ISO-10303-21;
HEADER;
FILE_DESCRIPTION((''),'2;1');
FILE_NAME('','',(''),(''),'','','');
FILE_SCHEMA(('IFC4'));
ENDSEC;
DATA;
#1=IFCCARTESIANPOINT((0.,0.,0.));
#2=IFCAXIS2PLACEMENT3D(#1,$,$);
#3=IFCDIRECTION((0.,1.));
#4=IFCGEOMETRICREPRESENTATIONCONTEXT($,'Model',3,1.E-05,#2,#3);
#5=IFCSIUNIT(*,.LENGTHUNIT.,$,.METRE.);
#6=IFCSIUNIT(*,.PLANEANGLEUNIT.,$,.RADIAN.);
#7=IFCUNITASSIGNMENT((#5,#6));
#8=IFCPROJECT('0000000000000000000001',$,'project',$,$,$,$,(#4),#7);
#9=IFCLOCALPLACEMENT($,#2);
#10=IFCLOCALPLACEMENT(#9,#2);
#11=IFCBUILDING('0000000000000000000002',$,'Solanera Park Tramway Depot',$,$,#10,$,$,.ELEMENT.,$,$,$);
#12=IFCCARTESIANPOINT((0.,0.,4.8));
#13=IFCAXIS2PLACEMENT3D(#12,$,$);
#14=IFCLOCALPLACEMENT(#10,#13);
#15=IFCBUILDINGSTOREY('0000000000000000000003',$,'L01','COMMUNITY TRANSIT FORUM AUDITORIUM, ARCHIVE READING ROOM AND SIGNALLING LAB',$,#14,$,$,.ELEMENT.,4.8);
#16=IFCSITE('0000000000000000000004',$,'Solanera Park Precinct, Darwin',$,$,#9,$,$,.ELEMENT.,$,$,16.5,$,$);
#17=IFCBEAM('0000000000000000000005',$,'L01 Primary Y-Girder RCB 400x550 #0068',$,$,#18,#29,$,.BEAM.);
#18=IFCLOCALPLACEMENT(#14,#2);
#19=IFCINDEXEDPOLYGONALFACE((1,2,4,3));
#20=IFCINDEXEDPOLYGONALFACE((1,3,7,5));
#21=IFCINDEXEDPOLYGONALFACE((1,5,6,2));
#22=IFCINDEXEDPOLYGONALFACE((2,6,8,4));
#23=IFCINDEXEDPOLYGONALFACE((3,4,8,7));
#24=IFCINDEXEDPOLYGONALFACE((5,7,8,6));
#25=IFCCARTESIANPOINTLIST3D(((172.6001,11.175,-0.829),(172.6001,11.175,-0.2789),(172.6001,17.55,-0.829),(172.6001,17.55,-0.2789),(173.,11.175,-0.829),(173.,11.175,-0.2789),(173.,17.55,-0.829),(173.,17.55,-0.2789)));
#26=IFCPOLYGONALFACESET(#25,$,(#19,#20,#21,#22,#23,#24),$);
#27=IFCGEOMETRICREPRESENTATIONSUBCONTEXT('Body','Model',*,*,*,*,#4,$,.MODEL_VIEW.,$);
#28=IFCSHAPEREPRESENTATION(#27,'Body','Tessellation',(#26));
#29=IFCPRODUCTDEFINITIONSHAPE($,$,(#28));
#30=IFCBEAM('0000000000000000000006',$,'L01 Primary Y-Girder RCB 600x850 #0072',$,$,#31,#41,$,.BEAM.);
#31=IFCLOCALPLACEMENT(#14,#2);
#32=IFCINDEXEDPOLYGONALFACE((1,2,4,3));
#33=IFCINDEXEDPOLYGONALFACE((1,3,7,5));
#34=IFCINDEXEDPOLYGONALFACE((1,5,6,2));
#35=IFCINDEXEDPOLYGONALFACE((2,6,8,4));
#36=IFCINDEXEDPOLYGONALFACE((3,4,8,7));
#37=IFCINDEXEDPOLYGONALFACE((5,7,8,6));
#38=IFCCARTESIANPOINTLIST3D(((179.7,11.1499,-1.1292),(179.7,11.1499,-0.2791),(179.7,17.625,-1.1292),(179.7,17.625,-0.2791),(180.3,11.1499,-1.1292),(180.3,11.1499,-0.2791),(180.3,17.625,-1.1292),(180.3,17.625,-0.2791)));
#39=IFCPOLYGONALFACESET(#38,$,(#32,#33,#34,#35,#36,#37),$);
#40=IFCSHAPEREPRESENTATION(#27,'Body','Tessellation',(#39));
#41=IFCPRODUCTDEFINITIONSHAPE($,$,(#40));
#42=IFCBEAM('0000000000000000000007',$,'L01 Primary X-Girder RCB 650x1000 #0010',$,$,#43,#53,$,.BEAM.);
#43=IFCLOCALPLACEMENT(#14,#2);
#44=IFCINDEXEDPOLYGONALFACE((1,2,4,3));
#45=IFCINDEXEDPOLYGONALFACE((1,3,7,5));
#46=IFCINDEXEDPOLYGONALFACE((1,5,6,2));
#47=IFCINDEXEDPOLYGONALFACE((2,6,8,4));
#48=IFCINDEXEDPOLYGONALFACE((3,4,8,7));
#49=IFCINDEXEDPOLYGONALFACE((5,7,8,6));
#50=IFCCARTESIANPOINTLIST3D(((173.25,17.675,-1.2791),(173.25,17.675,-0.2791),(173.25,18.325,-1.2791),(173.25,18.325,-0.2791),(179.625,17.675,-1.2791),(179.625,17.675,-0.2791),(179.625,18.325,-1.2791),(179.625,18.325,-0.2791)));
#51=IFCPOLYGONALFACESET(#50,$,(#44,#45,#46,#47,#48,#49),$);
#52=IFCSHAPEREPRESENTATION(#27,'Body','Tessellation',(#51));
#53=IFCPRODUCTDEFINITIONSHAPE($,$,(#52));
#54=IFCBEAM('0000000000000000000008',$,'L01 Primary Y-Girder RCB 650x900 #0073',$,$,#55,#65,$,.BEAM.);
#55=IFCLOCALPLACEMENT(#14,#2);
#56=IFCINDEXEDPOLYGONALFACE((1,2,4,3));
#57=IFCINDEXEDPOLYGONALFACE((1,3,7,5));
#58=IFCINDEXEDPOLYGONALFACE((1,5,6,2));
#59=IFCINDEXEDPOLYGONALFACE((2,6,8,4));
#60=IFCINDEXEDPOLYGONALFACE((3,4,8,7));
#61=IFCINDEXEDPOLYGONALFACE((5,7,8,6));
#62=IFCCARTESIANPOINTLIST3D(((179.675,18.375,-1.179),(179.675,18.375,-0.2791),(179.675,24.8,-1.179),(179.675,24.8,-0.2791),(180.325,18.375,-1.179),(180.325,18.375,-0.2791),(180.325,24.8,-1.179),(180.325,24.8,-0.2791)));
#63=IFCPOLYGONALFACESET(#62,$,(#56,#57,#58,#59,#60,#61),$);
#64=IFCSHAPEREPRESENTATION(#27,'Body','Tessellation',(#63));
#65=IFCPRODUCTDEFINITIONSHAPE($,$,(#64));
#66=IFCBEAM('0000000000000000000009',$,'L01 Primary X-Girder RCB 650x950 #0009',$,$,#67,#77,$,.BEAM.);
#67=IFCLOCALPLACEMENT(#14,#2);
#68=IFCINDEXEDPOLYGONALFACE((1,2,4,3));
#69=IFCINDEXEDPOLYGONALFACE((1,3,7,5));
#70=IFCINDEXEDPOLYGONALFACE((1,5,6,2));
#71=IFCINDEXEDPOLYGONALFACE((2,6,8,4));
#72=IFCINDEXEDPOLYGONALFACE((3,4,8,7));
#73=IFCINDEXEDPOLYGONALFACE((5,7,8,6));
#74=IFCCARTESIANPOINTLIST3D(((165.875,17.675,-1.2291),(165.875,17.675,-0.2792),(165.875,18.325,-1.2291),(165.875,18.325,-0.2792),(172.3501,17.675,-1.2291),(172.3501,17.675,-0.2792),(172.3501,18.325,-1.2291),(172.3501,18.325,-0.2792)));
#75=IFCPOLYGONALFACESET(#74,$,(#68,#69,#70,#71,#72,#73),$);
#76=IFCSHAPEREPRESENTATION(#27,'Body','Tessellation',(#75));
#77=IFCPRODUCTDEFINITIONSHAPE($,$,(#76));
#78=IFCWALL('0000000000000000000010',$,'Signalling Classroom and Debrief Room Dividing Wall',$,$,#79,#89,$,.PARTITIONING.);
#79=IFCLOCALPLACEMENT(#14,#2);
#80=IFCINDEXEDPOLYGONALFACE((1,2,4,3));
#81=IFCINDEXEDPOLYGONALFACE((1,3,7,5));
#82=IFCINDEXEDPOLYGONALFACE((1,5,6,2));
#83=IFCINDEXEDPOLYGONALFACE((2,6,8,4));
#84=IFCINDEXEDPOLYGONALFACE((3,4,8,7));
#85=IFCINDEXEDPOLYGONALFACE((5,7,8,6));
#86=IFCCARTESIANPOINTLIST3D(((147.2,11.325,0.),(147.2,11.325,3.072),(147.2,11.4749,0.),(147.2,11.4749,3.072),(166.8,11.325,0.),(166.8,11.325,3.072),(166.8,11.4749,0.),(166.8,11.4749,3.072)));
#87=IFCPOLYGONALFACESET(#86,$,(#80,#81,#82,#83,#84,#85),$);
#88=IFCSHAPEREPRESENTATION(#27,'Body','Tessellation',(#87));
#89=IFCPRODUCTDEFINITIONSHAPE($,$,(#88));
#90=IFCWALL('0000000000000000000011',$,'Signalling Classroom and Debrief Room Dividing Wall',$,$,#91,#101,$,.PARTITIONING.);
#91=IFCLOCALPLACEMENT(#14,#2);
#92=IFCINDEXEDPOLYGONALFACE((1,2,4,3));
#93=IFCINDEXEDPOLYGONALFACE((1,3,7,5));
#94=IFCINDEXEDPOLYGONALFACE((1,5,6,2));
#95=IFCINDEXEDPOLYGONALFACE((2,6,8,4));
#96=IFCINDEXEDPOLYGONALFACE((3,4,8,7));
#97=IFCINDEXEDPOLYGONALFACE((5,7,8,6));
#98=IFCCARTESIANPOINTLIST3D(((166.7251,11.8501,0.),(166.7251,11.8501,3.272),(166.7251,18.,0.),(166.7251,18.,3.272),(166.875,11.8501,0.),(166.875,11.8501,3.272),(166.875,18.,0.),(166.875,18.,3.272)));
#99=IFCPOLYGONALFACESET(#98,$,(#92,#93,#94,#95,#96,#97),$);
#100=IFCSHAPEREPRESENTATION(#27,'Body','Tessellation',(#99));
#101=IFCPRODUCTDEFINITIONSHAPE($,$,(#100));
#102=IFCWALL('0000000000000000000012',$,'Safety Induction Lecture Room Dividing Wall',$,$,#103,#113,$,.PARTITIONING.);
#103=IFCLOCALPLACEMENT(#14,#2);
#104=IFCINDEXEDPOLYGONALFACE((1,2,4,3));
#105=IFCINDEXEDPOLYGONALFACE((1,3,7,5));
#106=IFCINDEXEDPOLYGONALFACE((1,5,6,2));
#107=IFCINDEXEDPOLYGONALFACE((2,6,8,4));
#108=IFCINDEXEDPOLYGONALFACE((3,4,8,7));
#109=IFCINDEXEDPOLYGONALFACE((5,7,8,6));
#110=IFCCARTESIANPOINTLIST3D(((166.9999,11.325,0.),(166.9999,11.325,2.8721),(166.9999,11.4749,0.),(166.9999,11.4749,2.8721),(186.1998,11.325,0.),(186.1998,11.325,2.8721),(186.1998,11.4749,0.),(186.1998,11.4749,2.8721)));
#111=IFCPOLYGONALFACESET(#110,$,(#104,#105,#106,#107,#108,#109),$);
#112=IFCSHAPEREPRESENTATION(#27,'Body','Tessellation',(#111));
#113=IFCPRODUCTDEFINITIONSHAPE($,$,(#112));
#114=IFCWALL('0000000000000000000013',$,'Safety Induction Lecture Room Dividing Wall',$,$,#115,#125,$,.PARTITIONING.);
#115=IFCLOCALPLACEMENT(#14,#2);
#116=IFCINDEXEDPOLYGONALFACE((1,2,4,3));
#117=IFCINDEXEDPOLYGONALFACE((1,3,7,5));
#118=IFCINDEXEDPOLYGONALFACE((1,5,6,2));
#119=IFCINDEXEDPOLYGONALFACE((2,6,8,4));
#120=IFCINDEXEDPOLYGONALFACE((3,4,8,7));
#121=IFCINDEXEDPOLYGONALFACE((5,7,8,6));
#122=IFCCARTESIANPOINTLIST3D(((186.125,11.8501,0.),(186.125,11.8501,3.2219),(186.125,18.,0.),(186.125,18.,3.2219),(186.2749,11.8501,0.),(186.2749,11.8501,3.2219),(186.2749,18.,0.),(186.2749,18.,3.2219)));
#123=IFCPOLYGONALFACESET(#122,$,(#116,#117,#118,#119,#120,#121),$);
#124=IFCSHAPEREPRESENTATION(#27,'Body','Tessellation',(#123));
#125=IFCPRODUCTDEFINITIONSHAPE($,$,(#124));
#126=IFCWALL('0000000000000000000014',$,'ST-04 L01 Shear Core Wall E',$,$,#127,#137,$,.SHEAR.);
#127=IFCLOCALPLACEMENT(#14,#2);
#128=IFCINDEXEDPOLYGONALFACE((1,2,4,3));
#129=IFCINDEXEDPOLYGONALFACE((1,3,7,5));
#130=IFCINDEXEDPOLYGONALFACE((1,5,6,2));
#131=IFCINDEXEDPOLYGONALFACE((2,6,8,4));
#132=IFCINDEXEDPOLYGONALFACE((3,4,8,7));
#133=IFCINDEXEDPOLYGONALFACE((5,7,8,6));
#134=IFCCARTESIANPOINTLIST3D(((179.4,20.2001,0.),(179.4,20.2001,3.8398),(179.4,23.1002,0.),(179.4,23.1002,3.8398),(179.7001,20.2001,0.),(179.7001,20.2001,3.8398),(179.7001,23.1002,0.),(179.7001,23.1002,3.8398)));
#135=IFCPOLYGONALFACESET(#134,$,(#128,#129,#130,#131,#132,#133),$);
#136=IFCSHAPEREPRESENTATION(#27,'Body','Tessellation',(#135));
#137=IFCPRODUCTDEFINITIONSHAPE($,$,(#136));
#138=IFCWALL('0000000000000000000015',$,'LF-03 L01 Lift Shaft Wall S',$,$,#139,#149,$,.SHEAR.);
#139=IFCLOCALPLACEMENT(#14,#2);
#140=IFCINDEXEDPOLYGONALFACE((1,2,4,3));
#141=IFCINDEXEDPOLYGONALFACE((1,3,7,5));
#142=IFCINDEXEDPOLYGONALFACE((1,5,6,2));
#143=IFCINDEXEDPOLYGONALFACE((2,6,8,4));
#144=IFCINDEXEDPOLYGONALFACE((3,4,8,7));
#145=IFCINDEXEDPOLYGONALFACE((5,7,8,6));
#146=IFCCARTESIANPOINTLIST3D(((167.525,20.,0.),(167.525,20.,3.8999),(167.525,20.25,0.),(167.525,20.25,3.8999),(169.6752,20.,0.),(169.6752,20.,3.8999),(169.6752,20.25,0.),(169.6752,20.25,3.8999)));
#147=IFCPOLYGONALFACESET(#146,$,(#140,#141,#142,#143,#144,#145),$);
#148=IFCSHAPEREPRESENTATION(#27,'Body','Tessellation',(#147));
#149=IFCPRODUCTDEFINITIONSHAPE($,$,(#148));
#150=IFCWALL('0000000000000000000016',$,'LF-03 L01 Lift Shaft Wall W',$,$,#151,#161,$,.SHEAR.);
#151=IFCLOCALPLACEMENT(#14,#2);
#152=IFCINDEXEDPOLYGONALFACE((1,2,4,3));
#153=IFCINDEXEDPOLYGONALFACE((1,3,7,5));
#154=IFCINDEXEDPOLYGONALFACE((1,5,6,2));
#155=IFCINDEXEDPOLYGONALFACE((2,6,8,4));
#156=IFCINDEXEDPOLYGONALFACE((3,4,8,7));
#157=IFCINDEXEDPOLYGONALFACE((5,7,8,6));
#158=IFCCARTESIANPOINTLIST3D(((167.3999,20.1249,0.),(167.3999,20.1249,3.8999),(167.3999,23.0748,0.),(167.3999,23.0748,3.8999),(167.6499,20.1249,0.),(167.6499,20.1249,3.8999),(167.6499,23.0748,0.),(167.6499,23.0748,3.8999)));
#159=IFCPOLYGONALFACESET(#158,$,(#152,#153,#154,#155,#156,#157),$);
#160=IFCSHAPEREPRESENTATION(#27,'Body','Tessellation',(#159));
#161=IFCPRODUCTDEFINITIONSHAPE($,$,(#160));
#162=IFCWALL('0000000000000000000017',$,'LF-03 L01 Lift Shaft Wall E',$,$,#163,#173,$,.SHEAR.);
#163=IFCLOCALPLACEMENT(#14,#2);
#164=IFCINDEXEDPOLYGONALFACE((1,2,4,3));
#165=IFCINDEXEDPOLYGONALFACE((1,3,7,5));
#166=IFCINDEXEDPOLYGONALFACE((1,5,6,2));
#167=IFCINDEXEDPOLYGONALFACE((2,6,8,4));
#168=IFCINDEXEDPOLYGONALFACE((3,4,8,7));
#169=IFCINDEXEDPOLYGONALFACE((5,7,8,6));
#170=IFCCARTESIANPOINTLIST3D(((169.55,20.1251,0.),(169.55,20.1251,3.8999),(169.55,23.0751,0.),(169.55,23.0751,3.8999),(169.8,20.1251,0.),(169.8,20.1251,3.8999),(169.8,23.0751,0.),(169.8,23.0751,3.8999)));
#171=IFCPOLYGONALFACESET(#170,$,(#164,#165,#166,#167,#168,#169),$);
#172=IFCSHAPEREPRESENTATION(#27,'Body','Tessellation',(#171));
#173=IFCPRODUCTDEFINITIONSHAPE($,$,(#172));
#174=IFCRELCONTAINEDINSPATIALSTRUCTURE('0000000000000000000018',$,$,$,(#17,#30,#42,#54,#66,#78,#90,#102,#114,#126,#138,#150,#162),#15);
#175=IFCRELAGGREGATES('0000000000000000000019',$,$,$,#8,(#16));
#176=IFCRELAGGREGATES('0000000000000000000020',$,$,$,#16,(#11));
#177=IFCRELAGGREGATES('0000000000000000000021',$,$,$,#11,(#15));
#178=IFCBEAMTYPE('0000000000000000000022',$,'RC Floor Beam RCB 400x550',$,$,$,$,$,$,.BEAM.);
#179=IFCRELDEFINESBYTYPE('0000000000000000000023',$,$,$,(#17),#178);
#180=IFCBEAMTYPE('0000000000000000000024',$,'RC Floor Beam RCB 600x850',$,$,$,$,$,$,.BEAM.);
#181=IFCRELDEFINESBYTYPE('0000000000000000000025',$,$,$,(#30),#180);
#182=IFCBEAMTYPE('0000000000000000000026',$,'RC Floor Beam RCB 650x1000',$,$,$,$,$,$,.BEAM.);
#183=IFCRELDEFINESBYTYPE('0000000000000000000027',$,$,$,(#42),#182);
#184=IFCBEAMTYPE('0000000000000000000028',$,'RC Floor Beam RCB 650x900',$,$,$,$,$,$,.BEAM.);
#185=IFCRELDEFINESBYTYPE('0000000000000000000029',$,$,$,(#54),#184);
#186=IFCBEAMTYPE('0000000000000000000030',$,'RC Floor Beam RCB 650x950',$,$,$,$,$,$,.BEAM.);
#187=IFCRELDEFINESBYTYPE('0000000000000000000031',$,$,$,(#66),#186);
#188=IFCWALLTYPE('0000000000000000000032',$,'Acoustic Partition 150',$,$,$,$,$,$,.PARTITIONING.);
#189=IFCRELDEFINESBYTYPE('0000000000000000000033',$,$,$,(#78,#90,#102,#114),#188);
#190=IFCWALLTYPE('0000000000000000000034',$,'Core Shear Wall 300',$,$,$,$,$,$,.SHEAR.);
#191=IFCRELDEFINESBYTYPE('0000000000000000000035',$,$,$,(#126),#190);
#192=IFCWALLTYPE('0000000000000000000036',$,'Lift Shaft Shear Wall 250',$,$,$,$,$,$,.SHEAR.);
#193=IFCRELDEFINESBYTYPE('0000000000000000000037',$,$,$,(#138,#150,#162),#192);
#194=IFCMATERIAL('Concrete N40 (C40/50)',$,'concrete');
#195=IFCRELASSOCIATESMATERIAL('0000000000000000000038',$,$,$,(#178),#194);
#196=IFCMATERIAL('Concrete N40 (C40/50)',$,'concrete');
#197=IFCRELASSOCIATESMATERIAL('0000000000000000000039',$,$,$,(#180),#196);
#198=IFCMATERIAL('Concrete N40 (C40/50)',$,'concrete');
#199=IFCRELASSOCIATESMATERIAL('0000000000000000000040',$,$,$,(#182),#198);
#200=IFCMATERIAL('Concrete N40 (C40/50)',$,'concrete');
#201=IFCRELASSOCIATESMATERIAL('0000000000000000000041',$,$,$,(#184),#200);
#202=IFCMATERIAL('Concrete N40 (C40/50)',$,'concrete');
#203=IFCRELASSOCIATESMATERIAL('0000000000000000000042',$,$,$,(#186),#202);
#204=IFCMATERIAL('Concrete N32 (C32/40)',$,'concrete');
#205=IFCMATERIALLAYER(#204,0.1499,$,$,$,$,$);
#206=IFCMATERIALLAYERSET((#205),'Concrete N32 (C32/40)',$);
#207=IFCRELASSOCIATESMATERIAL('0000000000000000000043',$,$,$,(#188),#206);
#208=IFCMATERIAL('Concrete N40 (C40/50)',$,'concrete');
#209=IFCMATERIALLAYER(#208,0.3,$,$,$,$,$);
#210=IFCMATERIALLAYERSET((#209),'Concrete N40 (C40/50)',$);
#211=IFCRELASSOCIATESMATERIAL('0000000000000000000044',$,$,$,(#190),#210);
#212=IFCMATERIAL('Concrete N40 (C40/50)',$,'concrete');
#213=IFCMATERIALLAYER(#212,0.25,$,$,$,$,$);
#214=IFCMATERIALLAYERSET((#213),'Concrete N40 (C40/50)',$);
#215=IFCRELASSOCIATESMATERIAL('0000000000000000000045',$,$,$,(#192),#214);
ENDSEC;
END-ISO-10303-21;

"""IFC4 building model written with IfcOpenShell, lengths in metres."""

from ifc_helpers import new_model, si_unit, direction, frame, frame_2d, origin, origin_2d, place, context, subcontext, project, spatial, rectangle, extrude, material, layer, layer_set, material_profile, profile_set, type_object, element, save


model = new_model("IFC4")

# Units and contexts
model_context = context("Model", 3, precision=1e-05, world=origin(), true_north=direction((0.0, 1.0)))
body_context = subcontext(model_context, "Body", "Model", "MODEL_VIEW")
ifc_project = project(units=[si_unit("LENGTHUNIT", "METRE"), si_unit("PLANEANGLEUNIT", "RADIAN")], contexts=[model_context])

# Site, building, storey
site_placement = place(None, origin())
site = spatial("IfcSite", under=ifc_project, at=site_placement, Name="Solanera Park Precinct, Darwin", CompositionType="ELEMENT", RefElevation=16.5)
building_placement = place(site_placement, origin())
building = spatial("IfcBuilding", under=site, at=building_placement, Name="Solanera Park Tramway Depot", CompositionType="ELEMENT")
storey_placement = place(building_placement, frame((0.0, 0.0, 4.8)))
storey = spatial("IfcBuildingStorey", under=building, at=storey_placement, Name="L01", Description="COMMUNITY TRANSIT FORUM AUDITORIUM, ARCHIVE READING ROOM AND SIGNALLING LAB", CompositionType="ELEMENT", Elevation=4.8)

# Beams
ifc_material_1 = material(Name="Concrete N40 (C40/50)", Category="concrete")
ifc_material_profile_1 = material_profile(ifc_material_1, rectangle(XDim=0.3999, YDim=0.55, at=origin_2d()), Name="RCB 400x550")
ifc_profile_set_1 = profile_set([ifc_material_profile_1], Name="Concrete N40 (C40/50)")
beam_type_1 = type_object("IfcBeamType", Name="RC Floor Beam RCB 400x550", PredefinedType="BEAM", material=ifc_profile_set_1)
beam_1_placement = place(storey_placement, frame((172.8, 11.175, -0.554), z_axis=(0.0, 1.0, 0.0), x_axis=(-1.0, 0.0, 0.0)))
element("IfcBeam", 1, at=beam_1_placement, inside=storey, type_object=beam_type_1, Name="L01 Primary Y-Girder RCB 400x550 #0068", PredefinedType="BEAM", context=body_context, shape_type="SweptSolid", body=[
    extrude(rectangle(XDim=0.3999, YDim=0.55, at=origin_2d()), origin(), (0.0, 0.0, 1.0), 6.375),
])
ifc_material_2 = material(Name="Concrete N40 (C40/50)", Category="concrete")
ifc_material_profile_2 = material_profile(ifc_material_2, rectangle(XDim=0.6001, YDim=0.8501, at=origin_2d()), Name="RCB 600x850")
ifc_profile_set_2 = profile_set([ifc_material_profile_2], Name="Concrete N40 (C40/50)")
beam_type_2 = type_object("IfcBeamType", Name="RC Floor Beam RCB 600x850", PredefinedType="BEAM", material=ifc_profile_set_2)
beam_2_placement = place(storey_placement, frame((180.0, 11.1499, -0.7041), z_axis=(0.0, 1.0, 0.0), x_axis=(-1.0, 0.0, 0.0)))
element("IfcBeam", 2, at=beam_2_placement, inside=storey, type_object=beam_type_2, Name="L01 Primary Y-Girder RCB 600x850 #0072", PredefinedType="BEAM", context=body_context, shape_type="SweptSolid", body=[
    extrude(rectangle(XDim=0.6001, YDim=0.8501, at=origin_2d()), origin(), (0.0, 0.0, 1.0), 6.4751),
])
ifc_material_3 = material(Name="Concrete N40 (C40/50)", Category="concrete")
ifc_material_profile_3 = material_profile(ifc_material_3, rectangle(XDim=0.6499, YDim=1.0, at=origin_2d()), Name="RCB 650x1000")
ifc_profile_set_3 = profile_set([ifc_material_profile_3], Name="Concrete N40 (C40/50)")
beam_type_3 = type_object("IfcBeamType", Name="RC Floor Beam RCB 650x1000", PredefinedType="BEAM", material=ifc_profile_set_3)
beam_3_placement = place(storey_placement, frame((173.25, 18.0, -0.7791), z_axis=(1.0, 0.0, 0.0), x_axis=(0.0, 1.0, 0.0)))
element("IfcBeam", 3, at=beam_3_placement, inside=storey, type_object=beam_type_3, Name="L01 Primary X-Girder RCB 650x1000 #0010", PredefinedType="BEAM", context=body_context, shape_type="SweptSolid", body=[
    extrude(rectangle(XDim=0.6499, YDim=1.0, at=origin_2d()), origin(), (0.0, 0.0, 1.0), 6.375),
])
ifc_material_4 = material(Name="Concrete N40 (C40/50)", Category="concrete")
ifc_material_profile_4 = material_profile(ifc_material_4, rectangle(XDim=0.6499, YDim=0.8999, at=origin_2d()), Name="RCB 650x900")
ifc_profile_set_4 = profile_set([ifc_material_profile_4], Name="Concrete N40 (C40/50)")
beam_type_4 = type_object("IfcBeamType", Name="RC Floor Beam RCB 650x900", PredefinedType="BEAM", material=ifc_profile_set_4)
beam_4_placement = place(storey_placement, frame((180.0, 18.375, -0.729), z_axis=(0.0, 1.0, 0.0), x_axis=(-1.0, 0.0, 0.0)))
element("IfcBeam", 4, at=beam_4_placement, inside=storey, type_object=beam_type_4, Name="L01 Primary Y-Girder RCB 650x900 #0073", PredefinedType="BEAM", context=body_context, shape_type="SweptSolid", body=[
    extrude(rectangle(XDim=0.6499, YDim=0.8999, at=origin_2d()), origin(), (0.0, 0.0, 1.0), 6.425),
])
ifc_material_5 = material(Name="Concrete N40 (C40/50)", Category="concrete")
ifc_material_profile_5 = material_profile(ifc_material_5, rectangle(XDim=0.6499, YDim=0.95, at=origin_2d()), Name="RCB 650x950")
ifc_profile_set_5 = profile_set([ifc_material_profile_5], Name="Concrete N40 (C40/50)")
beam_type_5 = type_object("IfcBeamType", Name="RC Floor Beam RCB 650x950", PredefinedType="BEAM", material=ifc_profile_set_5)
beam_5_placement = place(storey_placement, frame((165.875, 18.0, -0.7542), z_axis=(1.0, 0.0, 0.0), x_axis=(0.0, 1.0, 0.0)))
element("IfcBeam", 5, at=beam_5_placement, inside=storey, type_object=beam_type_5, Name="L01 Primary X-Girder RCB 650x950 #0009", PredefinedType="BEAM", context=body_context, shape_type="SweptSolid", body=[
    extrude(rectangle(XDim=0.6499, YDim=0.95, at=origin_2d()), origin(), (0.0, 0.0, 1.0), 6.4751),
])

# Walls
ifc_material_6 = material(Name="Concrete N32 (C32/40)", Category="concrete")
ifc_layer_1 = layer(ifc_material_6, 0.1499)
ifc_layer_set_1 = layer_set([ifc_layer_1], Name="Concrete N32 (C32/40)")
wall_type_1 = type_object("IfcWallType", Name="Acoustic Partition 150", PredefinedType="PARTITIONING", material=ifc_layer_set_1)
wall_1_placement = place(storey_placement, frame((166.8, 11.3999, 0.0), z_axis=(0.0, 0.0, 1.0), x_axis=(-1.0, 0.0, 0.0)))
element("IfcWall", 6, at=wall_1_placement, inside=storey, type_object=wall_type_1, Name="Signalling Classroom and Debrief Room Dividing Wall", PredefinedType="PARTITIONING", context=body_context, shape_type="SweptSolid", body=[
    extrude(rectangle(XDim=19.6001, YDim=0.1499, at=frame_2d((9.8, 0.0))), origin(), (0.0, 0.0, 1.0), 3.072),
])
wall_2_placement = place(storey_placement, frame((166.8, 11.8501, 0.0), z_axis=(0.0, 0.0, 1.0), x_axis=(0.0, 1.0, 0.0)))
element("IfcWall", 7, at=wall_2_placement, inside=storey, type_object=wall_type_1, Name="Signalling Classroom and Debrief Room Dividing Wall", PredefinedType="PARTITIONING", context=body_context, shape_type="SweptSolid", body=[
    extrude(rectangle(XDim=6.1499, YDim=0.1499, at=frame_2d((3.075, 0.0))), origin(), (0.0, 0.0, 1.0), 3.272),
])
wall_3_placement = place(storey_placement, frame((186.2, 11.3999, 0.0), z_axis=(0.0, 0.0, 1.0), x_axis=(-1.0, 0.0, 0.0)))
element("IfcWall", 8, at=wall_3_placement, inside=storey, type_object=wall_type_1, Name="Safety Induction Lecture Room Dividing Wall", PredefinedType="PARTITIONING", context=body_context, shape_type="SweptSolid", body=[
    extrude(rectangle(XDim=19.2, YDim=0.1499, at=frame_2d((9.6001, 0.0))), origin(), (0.0, 0.0, 1.0), 2.8721),
])
wall_4_placement = place(storey_placement, frame((186.2, 11.8501, 0.0), z_axis=(0.0, 0.0, 1.0), x_axis=(0.0, 1.0, 0.0)))
element("IfcWall", 9, at=wall_4_placement, inside=storey, type_object=wall_type_1, Name="Safety Induction Lecture Room Dividing Wall", PredefinedType="PARTITIONING", context=body_context, shape_type="SweptSolid", body=[
    extrude(rectangle(XDim=6.1499, YDim=0.1499, at=frame_2d((3.075, 0.0))), origin(), (0.0, 0.0, 1.0), 3.2219),
])

# Shared definitions
ifc_material_7 = material(Name="Concrete N40 (C40/50)", Category="concrete")
ifc_layer_2 = layer(ifc_material_7, 0.3)
ifc_layer_set_2 = layer_set([ifc_layer_2], Name="Concrete N40 (C40/50)")
wall_type_2 = type_object("IfcWallType", Name="Core Shear Wall 300", PredefinedType="SHEAR", material=ifc_layer_set_2)

# Walls
wall_5_placement = place(storey_placement, frame((179.55, 20.2, 0.0), z_axis=(0.0, 0.0, 1.0), x_axis=(0.0, 1.0, 0.0)))
element("IfcWall", 10, at=wall_5_placement, inside=storey, type_object=wall_type_2, Name="ST-04 L01 Shear Core Wall E", PredefinedType="SHEAR", context=body_context, shape_type="SweptSolid", body=[
    extrude(rectangle(XDim=2.9001, YDim=0.3, at=frame_2d((1.4502, 0.0))), origin(), (0.0, 0.0, 1.0), 3.8398),
])
ifc_material_8 = material(Name="Concrete N40 (C40/50)", Category="concrete")
ifc_layer_3 = layer(ifc_material_8, 0.25)
ifc_layer_set_3 = layer_set([ifc_layer_3], Name="Concrete N40 (C40/50)")
wall_type_3 = type_object("IfcWallType", Name="Lift Shaft Shear Wall 250", PredefinedType="SHEAR", material=ifc_layer_set_3)
wall_6_placement = place(storey_placement, frame((167.5249, 20.125, 0.0), z_axis=(0.0, 0.0, 1.0), x_axis=(1.0, 0.0, 0.0)))
element("IfcWall", 11, at=wall_6_placement, inside=storey, type_object=wall_type_3, Name="LF-03 L01 Lift Shaft Wall S", PredefinedType="SHEAR", context=body_context, shape_type="SweptSolid", body=[
    extrude(rectangle(XDim=2.1501, YDim=0.25, at=frame_2d((1.0752, 0.0))), origin(), (0.0, 0.0, 1.0), 3.8999),
])
for number, where, z_axis, x_axis, name in (
    (12, (167.5249, 23.075, 0.0), (0.0, 0.0, 1.0), (0.0, -1.0, 0.0), "LF-03 L01 Lift Shaft Wall W"),
    (13, (169.675, 20.125, 0.0), (0.0, 0.0, 1.0), (0.0, 1.0, 0.0), "LF-03 L01 Lift Shaft Wall E"),
):
    element("IfcWall", number, at=place(storey_placement, frame(where, z_axis=z_axis, x_axis=x_axis)), inside=storey, type_object=wall_type_3, Name=name, PredefinedType="SHEAR", context=body_context, shape_type="SweptSolid", body=[
        extrude(rectangle(XDim=2.95, YDim=0.25, at=frame_2d((1.4751, 0.0))), origin(), (0.0, 0.0, 1.0), 3.8999),
    ])

save(model, "model.ifc")
